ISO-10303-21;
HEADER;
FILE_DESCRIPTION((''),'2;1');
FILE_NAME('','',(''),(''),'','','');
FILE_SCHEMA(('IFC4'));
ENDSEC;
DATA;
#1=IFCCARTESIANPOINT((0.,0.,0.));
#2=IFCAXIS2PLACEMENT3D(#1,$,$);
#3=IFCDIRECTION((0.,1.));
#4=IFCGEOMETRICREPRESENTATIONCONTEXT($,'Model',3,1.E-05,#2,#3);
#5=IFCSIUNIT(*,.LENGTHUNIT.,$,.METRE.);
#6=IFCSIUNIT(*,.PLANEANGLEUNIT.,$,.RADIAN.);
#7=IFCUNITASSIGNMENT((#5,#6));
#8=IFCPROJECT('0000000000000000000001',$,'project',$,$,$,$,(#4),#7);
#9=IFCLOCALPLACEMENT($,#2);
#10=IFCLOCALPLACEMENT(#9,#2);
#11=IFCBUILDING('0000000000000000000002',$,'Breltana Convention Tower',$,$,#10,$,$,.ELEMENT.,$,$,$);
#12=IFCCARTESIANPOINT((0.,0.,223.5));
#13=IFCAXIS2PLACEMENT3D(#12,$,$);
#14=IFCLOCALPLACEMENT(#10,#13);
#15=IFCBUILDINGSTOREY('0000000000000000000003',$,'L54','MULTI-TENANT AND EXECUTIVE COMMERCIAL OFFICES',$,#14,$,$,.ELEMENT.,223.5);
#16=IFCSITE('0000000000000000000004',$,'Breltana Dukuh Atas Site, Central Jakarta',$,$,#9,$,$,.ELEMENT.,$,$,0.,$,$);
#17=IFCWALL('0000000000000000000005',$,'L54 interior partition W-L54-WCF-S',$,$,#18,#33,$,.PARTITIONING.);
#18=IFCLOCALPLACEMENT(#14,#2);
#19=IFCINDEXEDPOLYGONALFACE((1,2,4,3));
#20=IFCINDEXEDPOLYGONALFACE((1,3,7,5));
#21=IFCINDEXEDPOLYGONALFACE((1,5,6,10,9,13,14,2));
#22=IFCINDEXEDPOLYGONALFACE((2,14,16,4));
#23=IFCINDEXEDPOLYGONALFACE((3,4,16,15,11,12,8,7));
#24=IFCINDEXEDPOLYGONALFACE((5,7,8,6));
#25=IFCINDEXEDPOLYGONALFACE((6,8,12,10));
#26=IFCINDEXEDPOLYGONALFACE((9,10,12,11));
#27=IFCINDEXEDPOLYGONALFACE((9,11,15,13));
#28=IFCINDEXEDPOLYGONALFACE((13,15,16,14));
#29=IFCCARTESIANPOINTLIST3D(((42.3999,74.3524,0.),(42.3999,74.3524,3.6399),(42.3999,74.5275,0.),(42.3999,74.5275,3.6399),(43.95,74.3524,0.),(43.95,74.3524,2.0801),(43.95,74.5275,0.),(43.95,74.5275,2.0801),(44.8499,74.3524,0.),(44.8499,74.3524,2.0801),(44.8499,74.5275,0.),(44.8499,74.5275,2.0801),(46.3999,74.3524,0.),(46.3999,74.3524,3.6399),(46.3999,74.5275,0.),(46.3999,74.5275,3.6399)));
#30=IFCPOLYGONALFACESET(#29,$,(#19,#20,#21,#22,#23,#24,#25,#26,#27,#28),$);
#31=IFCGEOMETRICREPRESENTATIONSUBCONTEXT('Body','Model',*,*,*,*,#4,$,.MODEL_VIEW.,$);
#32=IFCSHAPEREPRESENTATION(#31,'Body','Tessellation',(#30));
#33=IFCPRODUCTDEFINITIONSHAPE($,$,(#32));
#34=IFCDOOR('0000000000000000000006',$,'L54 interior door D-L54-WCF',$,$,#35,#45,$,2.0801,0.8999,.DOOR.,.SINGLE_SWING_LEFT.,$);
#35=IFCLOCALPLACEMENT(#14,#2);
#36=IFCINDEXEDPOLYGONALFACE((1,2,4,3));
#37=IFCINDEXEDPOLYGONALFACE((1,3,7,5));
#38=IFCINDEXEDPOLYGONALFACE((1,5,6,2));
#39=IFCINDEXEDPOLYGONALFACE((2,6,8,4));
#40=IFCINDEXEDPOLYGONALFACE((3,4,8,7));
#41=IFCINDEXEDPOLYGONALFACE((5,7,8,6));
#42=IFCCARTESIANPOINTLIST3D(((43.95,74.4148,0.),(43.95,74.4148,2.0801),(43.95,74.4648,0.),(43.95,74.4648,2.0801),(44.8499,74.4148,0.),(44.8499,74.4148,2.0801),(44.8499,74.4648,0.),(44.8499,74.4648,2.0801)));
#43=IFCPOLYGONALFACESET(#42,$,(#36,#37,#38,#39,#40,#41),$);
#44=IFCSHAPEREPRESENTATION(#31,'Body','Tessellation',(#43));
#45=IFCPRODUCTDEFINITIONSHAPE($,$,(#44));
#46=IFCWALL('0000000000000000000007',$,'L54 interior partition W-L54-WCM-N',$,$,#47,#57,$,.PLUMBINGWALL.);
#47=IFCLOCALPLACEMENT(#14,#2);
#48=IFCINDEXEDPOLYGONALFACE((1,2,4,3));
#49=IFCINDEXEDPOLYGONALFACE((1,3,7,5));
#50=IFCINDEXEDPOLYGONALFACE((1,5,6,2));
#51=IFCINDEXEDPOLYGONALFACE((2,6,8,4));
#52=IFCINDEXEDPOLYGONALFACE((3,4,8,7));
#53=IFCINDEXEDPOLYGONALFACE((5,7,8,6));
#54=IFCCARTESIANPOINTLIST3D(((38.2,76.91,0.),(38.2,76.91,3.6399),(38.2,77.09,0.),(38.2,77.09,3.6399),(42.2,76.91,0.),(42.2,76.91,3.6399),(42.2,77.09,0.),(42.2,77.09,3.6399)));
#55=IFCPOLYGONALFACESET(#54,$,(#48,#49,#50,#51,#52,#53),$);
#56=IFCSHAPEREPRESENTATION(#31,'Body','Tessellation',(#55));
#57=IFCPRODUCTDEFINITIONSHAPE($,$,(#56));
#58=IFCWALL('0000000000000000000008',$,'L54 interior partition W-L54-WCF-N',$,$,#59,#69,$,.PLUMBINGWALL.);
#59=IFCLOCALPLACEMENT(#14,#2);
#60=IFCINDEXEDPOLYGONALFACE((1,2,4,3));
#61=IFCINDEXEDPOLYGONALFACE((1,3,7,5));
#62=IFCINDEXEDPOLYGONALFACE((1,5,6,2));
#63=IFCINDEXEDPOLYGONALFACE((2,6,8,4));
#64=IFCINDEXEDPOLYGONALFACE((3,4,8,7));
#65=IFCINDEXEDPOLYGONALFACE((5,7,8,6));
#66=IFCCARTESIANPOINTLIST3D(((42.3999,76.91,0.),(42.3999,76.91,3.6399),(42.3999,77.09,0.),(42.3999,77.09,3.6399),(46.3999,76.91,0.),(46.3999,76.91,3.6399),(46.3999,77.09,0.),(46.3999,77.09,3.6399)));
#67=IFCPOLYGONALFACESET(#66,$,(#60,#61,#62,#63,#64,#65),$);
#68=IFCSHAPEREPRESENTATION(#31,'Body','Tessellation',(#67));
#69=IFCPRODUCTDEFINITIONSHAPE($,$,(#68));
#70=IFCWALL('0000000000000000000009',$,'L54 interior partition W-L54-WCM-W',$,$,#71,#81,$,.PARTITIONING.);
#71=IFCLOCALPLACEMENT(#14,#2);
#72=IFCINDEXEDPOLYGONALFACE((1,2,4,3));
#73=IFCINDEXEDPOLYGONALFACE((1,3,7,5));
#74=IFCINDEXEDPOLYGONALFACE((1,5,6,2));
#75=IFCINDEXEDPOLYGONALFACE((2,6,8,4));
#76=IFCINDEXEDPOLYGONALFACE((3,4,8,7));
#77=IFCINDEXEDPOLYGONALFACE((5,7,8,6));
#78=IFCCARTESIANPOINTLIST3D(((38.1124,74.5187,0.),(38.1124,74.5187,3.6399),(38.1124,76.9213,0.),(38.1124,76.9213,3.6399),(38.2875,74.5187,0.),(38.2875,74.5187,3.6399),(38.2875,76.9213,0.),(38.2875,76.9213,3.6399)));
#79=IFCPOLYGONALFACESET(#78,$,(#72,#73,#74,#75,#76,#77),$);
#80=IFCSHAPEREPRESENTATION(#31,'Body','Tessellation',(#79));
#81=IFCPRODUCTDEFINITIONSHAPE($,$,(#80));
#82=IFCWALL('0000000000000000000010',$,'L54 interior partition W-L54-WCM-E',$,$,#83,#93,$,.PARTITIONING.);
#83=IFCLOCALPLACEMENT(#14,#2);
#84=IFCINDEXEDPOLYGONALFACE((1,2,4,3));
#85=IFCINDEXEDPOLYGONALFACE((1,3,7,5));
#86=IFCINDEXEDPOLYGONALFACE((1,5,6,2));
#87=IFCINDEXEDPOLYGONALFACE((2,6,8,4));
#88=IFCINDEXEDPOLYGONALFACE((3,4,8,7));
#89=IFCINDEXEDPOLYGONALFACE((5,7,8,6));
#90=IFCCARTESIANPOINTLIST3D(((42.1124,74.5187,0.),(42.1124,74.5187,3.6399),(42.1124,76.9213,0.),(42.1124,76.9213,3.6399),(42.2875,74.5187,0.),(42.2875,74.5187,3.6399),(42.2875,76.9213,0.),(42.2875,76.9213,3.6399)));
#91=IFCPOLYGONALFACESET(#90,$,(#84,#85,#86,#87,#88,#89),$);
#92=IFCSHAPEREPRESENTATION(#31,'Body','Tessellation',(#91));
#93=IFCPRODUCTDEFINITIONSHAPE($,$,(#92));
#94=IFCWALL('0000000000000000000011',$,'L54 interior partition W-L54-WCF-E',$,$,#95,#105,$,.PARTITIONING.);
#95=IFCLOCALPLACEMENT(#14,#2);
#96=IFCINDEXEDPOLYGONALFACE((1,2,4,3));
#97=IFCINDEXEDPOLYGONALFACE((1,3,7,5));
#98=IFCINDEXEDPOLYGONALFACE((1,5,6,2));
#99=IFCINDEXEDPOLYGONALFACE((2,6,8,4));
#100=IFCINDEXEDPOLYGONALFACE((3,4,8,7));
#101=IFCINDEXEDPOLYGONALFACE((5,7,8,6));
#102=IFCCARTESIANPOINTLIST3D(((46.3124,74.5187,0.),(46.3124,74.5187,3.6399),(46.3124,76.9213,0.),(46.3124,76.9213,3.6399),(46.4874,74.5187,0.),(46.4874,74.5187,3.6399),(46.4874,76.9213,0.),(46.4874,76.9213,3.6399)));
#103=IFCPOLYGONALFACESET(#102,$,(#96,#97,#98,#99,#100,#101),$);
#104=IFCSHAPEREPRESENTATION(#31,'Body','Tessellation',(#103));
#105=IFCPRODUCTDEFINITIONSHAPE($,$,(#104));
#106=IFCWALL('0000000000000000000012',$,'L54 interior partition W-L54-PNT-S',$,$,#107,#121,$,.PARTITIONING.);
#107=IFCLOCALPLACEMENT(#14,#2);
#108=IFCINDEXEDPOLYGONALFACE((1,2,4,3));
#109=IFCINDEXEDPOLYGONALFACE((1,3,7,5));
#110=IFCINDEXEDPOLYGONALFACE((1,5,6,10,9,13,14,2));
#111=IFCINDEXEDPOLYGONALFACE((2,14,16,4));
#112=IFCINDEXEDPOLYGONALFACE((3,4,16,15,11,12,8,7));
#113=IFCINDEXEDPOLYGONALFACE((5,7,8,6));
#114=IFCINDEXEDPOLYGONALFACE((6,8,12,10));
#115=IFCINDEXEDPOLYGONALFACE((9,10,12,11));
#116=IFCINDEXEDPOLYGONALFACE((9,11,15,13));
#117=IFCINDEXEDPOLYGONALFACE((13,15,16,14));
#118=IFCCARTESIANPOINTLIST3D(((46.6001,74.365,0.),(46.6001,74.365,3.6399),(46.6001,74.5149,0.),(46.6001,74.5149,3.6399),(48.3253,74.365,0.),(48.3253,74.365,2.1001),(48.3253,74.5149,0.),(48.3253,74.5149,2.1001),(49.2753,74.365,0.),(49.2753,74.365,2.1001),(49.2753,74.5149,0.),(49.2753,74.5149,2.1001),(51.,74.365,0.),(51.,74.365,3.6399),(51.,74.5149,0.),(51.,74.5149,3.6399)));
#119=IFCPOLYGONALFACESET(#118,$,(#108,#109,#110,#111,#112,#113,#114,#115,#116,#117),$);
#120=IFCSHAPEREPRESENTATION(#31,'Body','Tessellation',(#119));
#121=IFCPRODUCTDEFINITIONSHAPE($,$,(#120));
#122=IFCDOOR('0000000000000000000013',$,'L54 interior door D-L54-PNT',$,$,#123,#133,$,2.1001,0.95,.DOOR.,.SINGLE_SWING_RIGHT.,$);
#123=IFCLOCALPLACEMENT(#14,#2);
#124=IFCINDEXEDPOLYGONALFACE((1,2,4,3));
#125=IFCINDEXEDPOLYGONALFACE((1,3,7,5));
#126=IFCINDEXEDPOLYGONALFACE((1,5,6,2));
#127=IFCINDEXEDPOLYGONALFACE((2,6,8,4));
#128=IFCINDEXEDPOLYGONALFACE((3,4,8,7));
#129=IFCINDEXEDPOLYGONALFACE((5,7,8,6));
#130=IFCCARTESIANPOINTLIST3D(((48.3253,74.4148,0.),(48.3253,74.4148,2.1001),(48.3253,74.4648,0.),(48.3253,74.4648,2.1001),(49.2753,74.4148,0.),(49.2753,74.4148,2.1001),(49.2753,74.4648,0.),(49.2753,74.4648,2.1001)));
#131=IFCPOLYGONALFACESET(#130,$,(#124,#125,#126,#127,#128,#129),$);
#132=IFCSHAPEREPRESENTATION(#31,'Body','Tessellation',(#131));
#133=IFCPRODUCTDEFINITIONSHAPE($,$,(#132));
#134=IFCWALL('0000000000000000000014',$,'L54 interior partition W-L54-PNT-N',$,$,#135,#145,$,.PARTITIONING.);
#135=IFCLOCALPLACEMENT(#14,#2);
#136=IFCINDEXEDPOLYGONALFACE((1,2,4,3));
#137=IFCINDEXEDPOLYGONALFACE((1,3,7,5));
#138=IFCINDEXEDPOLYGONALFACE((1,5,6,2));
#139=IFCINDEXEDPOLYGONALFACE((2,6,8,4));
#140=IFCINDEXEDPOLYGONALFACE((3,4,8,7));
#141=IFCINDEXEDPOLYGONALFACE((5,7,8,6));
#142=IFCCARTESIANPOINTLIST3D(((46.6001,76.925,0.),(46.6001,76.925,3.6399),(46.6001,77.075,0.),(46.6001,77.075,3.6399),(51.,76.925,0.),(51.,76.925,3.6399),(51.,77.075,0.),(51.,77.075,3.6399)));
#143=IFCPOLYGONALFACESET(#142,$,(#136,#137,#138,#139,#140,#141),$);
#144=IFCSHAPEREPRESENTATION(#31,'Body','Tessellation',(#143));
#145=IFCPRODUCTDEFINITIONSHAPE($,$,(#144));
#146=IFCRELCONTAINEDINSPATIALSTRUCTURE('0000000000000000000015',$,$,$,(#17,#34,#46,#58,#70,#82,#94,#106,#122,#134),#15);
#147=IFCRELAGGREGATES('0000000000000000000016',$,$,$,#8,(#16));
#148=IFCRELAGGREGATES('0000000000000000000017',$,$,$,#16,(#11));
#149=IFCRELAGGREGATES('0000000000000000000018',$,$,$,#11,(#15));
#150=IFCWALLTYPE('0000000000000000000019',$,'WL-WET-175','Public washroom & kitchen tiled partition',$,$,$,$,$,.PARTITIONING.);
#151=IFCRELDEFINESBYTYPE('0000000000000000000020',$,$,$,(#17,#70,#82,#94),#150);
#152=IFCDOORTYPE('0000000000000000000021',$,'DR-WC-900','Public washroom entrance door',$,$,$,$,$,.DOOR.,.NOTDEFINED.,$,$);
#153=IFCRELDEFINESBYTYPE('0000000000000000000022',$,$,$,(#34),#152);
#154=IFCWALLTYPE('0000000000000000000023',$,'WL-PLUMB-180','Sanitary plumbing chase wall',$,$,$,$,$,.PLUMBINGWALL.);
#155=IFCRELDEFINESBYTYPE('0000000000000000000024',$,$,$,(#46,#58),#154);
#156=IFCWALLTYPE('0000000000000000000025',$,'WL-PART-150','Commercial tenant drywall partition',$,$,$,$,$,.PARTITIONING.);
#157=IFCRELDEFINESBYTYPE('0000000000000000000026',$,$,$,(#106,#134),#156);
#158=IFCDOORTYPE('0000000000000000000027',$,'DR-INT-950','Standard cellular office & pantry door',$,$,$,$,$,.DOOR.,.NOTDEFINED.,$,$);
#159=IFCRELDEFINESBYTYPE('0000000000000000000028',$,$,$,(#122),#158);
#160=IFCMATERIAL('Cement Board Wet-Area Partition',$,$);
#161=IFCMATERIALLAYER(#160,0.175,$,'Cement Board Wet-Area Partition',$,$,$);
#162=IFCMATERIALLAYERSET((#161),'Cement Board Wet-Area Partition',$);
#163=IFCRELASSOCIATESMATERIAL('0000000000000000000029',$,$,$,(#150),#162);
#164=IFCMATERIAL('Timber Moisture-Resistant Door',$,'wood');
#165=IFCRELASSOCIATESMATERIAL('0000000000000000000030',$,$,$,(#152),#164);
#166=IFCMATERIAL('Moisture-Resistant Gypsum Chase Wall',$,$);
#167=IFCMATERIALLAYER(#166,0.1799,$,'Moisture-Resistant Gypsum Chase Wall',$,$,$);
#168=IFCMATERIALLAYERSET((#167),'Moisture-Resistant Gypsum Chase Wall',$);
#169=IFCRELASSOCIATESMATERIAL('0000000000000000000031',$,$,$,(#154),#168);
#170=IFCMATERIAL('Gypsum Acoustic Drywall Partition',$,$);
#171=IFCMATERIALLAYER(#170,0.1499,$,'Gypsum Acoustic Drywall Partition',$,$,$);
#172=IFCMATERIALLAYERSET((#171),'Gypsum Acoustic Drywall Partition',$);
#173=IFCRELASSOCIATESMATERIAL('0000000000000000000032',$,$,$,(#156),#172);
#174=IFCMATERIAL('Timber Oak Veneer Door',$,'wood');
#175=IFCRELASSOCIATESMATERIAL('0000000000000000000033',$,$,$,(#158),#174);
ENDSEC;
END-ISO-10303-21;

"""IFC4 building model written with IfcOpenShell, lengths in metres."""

from ifc_helpers import new_model, si_unit, direction, frame, frame_2d, origin, place, context, subcontext, project, spatial, rectangle, extrude, source, transform, mapped, material, layer, layer_set, type_object, type_shapes, element, fill, save


model = new_model("IFC4")

# Units and contexts
model_context = context("Model", 3, precision=1e-05, world=origin(), true_north=direction((0.0, 1.0)))
body_context = subcontext(model_context, "Body", "Model", "MODEL_VIEW")
ifc_project = project(units=[si_unit("LENGTHUNIT", "METRE"), si_unit("PLANEANGLEUNIT", "RADIAN")], contexts=[model_context])

# Site, building, storey
site_placement = place(None, origin())
site = spatial("IfcSite", under=ifc_project, at=site_placement, Name="Breltana Dukuh Atas Site, Central Jakarta", CompositionType="ELEMENT", RefElevation=0.0)
building_placement = place(site_placement, origin())
building = spatial("IfcBuilding", under=site, at=building_placement, Name="Breltana Convention Tower", CompositionType="ELEMENT")
storey_placement = place(building_placement, frame((0.0, 0.0, 223.5)))
storey = spatial("IfcBuildingStorey", under=building, at=storey_placement, Name="L54", Description="MULTI-TENANT AND EXECUTIVE COMMERCIAL OFFICES", CompositionType="ELEMENT", Elevation=223.5)

# Wall, opening, door
ifc_material_1 = material(Name="Cement Board Wet-Area Partition")
ifc_layer_1 = layer(ifc_material_1, 0.175, Name="Cement Board Wet-Area Partition")
ifc_layer_set_1 = layer_set([ifc_layer_1], Name="Cement Board Wet-Area Partition")
wall_type_1 = type_object("IfcWallType", Name="WL-WET-175", Description="Public washroom & kitchen tiled partition", PredefinedType="PARTITIONING", material=ifc_layer_set_1)
shared_shape_1 = source(origin(), body_context, "Body", "SweptSolid", [
    extrude(rectangle(XDim=4.0, YDim=0.175, at=frame_2d((2.0, 0.0))), origin(), (0.0, 0.0, 1.0), 3.6399),
])
ifc_material_2 = material(Name="Timber Moisture-Resistant Door", Category="wood")
door_type_1 = type_object("IfcDoorType", Name="DR-WC-900", Description="Public washroom entrance door", OperationType="NOTDEFINED", PredefinedType="DOOR", material=ifc_material_2)
shared_shape_2 = source(origin(), body_context, "Body", "SweptSolid", [
    extrude(rectangle(XDim=0.8999, YDim=2.0801, at=frame_2d((0.45, 1.04))), frame((0.0, 0.0249, 0.0), z_axis=(0.0, -1.0, 0.0), x_axis=(1.0, 0.0, 0.0)), (0.0, 0.0, 1.0), 0.05),
])
type_shapes(door_type_1, [shared_shape_2])
wall_1_placement = place(storey_placement, frame((42.3999, 74.4399, 0.0), z_axis=(0.0, 0.0, 1.0), x_axis=(1.0, 0.0, 0.0)))
wall_1 = element("IfcWall", 1, at=wall_1_placement, inside=storey, type_object=wall_type_1, Name="L54 interior partition W-L54-WCF-S", PredefinedType="PARTITIONING", context=body_context, shape_type="MappedRepresentation", body=[
    mapped(shared_shape_1, transform((0.0, 0.0, 0.0), scale=1.0)),
])
opening_1_placement = place(wall_1_placement, frame((1.55, 0.0, 0.0)))
opening_1 = element("IfcOpeningElement", 2, at=opening_1_placement, cuts=wall_1, PredefinedType="OPENING", context=body_context, shape_type="SweptSolid", body=[
    extrude(rectangle(XDim=0.8999, YDim=2.0801, at=frame_2d((0.45, 1.04))), frame((0.0, 0.0977, 0.0), z_axis=(0.0, -1.0, 0.0), x_axis=(1.0, 0.0, 0.0)), (0.0, 0.0, 1.0), 0.1951),
])
door_1_placement = place(opening_1_placement, origin())
door_1 = element("IfcDoor", 3, at=door_1_placement, inside=storey, type_object=door_type_1, Name="L54 interior door D-L54-WCF", OperationType="SINGLE_SWING_LEFT", OverallHeight=2.0801, OverallWidth=0.8999, PredefinedType="DOOR", context=body_context, shape_type="MappedRepresentation", body=[
    mapped(shared_shape_2, transform((0.0, 0.0, 0.0), scale=1.0)),
])
fill(opening_1, door_1)

# Walls
ifc_material_3 = material(Name="Moisture-Resistant Gypsum Chase Wall")
ifc_layer_2 = layer(ifc_material_3, 0.1799, Name="Moisture-Resistant Gypsum Chase Wall")
ifc_layer_set_2 = layer_set([ifc_layer_2], Name="Moisture-Resistant Gypsum Chase Wall")
wall_type_2 = type_object("IfcWallType", Name="WL-PLUMB-180", Description="Sanitary plumbing chase wall", PredefinedType="PLUMBINGWALL", material=ifc_layer_set_2)
shared_shape_3 = source(origin(), body_context, "Body", "SweptSolid", [
    extrude(rectangle(XDim=4.0, YDim=0.1799, at=frame_2d((2.0, 0.0))), origin(), (0.0, 0.0, 1.0), 3.6399),
])
for number, where, z_axis, x_axis, name in (
    (4, (38.2, 77.0, 0.0), (0.0, 0.0, 1.0), (1.0, 0.0, 0.0), "L54 interior partition W-L54-WCM-N"),
    (5, (42.3999, 77.0, 0.0), (0.0, 0.0, 1.0), (1.0, 0.0, 0.0), "L54 interior partition W-L54-WCF-N"),
):
    element("IfcWall", number, at=place(storey_placement, frame(where, z_axis=z_axis, x_axis=x_axis)), inside=storey, type_object=wall_type_2, Name=name, PredefinedType="PLUMBINGWALL", context=body_context, shape_type="MappedRepresentation", body=[
        mapped(shared_shape_3, transform((0.0, 0.0, 0.0), scale=1.0)),
    ])
shared_shape_4 = source(origin(), body_context, "Body", "SweptSolid", [
    extrude(rectangle(XDim=2.4026, YDim=0.175, at=frame_2d((1.2012, 0.0))), origin(), (0.0, 0.0, 1.0), 3.6399),
])
for number, where, z_axis, x_axis, name in (
    (6, (38.2, 74.5188, 0.0), (0.0, 0.0, 1.0), (0.0, 1.0, 0.0), "L54 interior partition W-L54-WCM-W"),
    (7, (42.2, 74.5188, 0.0), (0.0, 0.0, 1.0), (0.0, 1.0, 0.0), "L54 interior partition W-L54-WCM-E"),
    (8, (46.3999, 74.5188, 0.0), (0.0, 0.0, 1.0), (0.0, 1.0, 0.0), "L54 interior partition W-L54-WCF-E"),
):
    element("IfcWall", number, at=place(storey_placement, frame(where, z_axis=z_axis, x_axis=x_axis)), inside=storey, type_object=wall_type_1, Name=name, PredefinedType="PARTITIONING", context=body_context, shape_type="MappedRepresentation", body=[
        mapped(shared_shape_4, transform((0.0, 0.0, 0.0), scale=1.0)),
    ])

# Wall, opening, door
ifc_material_4 = material(Name="Gypsum Acoustic Drywall Partition")
ifc_layer_3 = layer(ifc_material_4, 0.1499, Name="Gypsum Acoustic Drywall Partition")
ifc_layer_set_3 = layer_set([ifc_layer_3], Name="Gypsum Acoustic Drywall Partition")
wall_type_3 = type_object("IfcWallType", Name="WL-PART-150", Description="Commercial tenant drywall partition", PredefinedType="PARTITIONING", material=ifc_layer_set_3)
shared_shape_5 = source(origin(), body_context, "Body", "SweptSolid", [
    extrude(rectangle(XDim=4.3999, YDim=0.1499, at=frame_2d((2.2, 0.0))), origin(), (0.0, 0.0, 1.0), 3.6399),
])
wall_2_placement = place(storey_placement, frame((46.6001, 74.4399, 0.0), z_axis=(0.0, 0.0, 1.0), x_axis=(1.0, 0.0, 0.0)))
wall_2 = element("IfcWall", 9, at=wall_2_placement, inside=storey, type_object=wall_type_3, Name="L54 interior partition W-L54-PNT-S", PredefinedType="PARTITIONING", context=body_context, shape_type="MappedRepresentation", body=[
    mapped(shared_shape_5, transform((0.0, 0.0, 0.0), scale=1.0)),
])
opening_2_placement = place(wall_2_placement, frame((1.7251, 0.0, 0.0)))
opening_2 = element("IfcOpeningElement", 10, at=opening_2_placement, cuts=wall_2, PredefinedType="OPENING", context=body_context, shape_type="SweptSolid", body=[
    extrude(rectangle(XDim=0.95, YDim=2.1001, at=frame_2d((0.4751, 1.05))), frame((0.0, 0.085, 0.0), z_axis=(0.0, -1.0, 0.0), x_axis=(1.0, 0.0, 0.0)), (0.0, 0.0, 1.0), 0.1699),
])
ifc_material_5 = material(Name="Timber Oak Veneer Door", Category="wood")
door_type_2 = type_object("IfcDoorType", Name="DR-INT-950", Description="Standard cellular office & pantry door", OperationType="NOTDEFINED", PredefinedType="DOOR", material=ifc_material_5)
shared_shape_6 = source(origin(), body_context, "Body", "SweptSolid", [
    extrude(rectangle(XDim=0.95, YDim=2.1001, at=frame_2d((0.4751, 1.05))), frame((0.0, 0.0249, 0.0), z_axis=(0.0, -1.0, 0.0), x_axis=(1.0, 0.0, 0.0)), (0.0, 0.0, 1.0), 0.05),
])
type_shapes(door_type_2, [shared_shape_6])
door_2_placement = place(opening_2_placement, origin())
door_2 = element("IfcDoor", 11, at=door_2_placement, inside=storey, type_object=door_type_2, Name="L54 interior door D-L54-PNT", OperationType="SINGLE_SWING_RIGHT", OverallHeight=2.1001, OverallWidth=0.95, PredefinedType="DOOR", context=body_context, shape_type="MappedRepresentation", body=[
    mapped(shared_shape_6, transform((0.0, 0.0, 0.0), scale=1.0)),
])
fill(opening_2, door_2)

# Wall
wall_3_placement = place(storey_placement, frame((46.6001, 77.0, 0.0), z_axis=(0.0, 0.0, 1.0), x_axis=(1.0, 0.0, 0.0)))
element("IfcWall", 12, at=wall_3_placement, inside=storey, type_object=wall_type_3, Name="L54 interior partition W-L54-PNT-N", PredefinedType="PARTITIONING", context=body_context, shape_type="MappedRepresentation", body=[
    mapped(shared_shape_5, transform((0.0, 0.0, 0.0), scale=1.0)),
])

save(model, "model.ifc")
